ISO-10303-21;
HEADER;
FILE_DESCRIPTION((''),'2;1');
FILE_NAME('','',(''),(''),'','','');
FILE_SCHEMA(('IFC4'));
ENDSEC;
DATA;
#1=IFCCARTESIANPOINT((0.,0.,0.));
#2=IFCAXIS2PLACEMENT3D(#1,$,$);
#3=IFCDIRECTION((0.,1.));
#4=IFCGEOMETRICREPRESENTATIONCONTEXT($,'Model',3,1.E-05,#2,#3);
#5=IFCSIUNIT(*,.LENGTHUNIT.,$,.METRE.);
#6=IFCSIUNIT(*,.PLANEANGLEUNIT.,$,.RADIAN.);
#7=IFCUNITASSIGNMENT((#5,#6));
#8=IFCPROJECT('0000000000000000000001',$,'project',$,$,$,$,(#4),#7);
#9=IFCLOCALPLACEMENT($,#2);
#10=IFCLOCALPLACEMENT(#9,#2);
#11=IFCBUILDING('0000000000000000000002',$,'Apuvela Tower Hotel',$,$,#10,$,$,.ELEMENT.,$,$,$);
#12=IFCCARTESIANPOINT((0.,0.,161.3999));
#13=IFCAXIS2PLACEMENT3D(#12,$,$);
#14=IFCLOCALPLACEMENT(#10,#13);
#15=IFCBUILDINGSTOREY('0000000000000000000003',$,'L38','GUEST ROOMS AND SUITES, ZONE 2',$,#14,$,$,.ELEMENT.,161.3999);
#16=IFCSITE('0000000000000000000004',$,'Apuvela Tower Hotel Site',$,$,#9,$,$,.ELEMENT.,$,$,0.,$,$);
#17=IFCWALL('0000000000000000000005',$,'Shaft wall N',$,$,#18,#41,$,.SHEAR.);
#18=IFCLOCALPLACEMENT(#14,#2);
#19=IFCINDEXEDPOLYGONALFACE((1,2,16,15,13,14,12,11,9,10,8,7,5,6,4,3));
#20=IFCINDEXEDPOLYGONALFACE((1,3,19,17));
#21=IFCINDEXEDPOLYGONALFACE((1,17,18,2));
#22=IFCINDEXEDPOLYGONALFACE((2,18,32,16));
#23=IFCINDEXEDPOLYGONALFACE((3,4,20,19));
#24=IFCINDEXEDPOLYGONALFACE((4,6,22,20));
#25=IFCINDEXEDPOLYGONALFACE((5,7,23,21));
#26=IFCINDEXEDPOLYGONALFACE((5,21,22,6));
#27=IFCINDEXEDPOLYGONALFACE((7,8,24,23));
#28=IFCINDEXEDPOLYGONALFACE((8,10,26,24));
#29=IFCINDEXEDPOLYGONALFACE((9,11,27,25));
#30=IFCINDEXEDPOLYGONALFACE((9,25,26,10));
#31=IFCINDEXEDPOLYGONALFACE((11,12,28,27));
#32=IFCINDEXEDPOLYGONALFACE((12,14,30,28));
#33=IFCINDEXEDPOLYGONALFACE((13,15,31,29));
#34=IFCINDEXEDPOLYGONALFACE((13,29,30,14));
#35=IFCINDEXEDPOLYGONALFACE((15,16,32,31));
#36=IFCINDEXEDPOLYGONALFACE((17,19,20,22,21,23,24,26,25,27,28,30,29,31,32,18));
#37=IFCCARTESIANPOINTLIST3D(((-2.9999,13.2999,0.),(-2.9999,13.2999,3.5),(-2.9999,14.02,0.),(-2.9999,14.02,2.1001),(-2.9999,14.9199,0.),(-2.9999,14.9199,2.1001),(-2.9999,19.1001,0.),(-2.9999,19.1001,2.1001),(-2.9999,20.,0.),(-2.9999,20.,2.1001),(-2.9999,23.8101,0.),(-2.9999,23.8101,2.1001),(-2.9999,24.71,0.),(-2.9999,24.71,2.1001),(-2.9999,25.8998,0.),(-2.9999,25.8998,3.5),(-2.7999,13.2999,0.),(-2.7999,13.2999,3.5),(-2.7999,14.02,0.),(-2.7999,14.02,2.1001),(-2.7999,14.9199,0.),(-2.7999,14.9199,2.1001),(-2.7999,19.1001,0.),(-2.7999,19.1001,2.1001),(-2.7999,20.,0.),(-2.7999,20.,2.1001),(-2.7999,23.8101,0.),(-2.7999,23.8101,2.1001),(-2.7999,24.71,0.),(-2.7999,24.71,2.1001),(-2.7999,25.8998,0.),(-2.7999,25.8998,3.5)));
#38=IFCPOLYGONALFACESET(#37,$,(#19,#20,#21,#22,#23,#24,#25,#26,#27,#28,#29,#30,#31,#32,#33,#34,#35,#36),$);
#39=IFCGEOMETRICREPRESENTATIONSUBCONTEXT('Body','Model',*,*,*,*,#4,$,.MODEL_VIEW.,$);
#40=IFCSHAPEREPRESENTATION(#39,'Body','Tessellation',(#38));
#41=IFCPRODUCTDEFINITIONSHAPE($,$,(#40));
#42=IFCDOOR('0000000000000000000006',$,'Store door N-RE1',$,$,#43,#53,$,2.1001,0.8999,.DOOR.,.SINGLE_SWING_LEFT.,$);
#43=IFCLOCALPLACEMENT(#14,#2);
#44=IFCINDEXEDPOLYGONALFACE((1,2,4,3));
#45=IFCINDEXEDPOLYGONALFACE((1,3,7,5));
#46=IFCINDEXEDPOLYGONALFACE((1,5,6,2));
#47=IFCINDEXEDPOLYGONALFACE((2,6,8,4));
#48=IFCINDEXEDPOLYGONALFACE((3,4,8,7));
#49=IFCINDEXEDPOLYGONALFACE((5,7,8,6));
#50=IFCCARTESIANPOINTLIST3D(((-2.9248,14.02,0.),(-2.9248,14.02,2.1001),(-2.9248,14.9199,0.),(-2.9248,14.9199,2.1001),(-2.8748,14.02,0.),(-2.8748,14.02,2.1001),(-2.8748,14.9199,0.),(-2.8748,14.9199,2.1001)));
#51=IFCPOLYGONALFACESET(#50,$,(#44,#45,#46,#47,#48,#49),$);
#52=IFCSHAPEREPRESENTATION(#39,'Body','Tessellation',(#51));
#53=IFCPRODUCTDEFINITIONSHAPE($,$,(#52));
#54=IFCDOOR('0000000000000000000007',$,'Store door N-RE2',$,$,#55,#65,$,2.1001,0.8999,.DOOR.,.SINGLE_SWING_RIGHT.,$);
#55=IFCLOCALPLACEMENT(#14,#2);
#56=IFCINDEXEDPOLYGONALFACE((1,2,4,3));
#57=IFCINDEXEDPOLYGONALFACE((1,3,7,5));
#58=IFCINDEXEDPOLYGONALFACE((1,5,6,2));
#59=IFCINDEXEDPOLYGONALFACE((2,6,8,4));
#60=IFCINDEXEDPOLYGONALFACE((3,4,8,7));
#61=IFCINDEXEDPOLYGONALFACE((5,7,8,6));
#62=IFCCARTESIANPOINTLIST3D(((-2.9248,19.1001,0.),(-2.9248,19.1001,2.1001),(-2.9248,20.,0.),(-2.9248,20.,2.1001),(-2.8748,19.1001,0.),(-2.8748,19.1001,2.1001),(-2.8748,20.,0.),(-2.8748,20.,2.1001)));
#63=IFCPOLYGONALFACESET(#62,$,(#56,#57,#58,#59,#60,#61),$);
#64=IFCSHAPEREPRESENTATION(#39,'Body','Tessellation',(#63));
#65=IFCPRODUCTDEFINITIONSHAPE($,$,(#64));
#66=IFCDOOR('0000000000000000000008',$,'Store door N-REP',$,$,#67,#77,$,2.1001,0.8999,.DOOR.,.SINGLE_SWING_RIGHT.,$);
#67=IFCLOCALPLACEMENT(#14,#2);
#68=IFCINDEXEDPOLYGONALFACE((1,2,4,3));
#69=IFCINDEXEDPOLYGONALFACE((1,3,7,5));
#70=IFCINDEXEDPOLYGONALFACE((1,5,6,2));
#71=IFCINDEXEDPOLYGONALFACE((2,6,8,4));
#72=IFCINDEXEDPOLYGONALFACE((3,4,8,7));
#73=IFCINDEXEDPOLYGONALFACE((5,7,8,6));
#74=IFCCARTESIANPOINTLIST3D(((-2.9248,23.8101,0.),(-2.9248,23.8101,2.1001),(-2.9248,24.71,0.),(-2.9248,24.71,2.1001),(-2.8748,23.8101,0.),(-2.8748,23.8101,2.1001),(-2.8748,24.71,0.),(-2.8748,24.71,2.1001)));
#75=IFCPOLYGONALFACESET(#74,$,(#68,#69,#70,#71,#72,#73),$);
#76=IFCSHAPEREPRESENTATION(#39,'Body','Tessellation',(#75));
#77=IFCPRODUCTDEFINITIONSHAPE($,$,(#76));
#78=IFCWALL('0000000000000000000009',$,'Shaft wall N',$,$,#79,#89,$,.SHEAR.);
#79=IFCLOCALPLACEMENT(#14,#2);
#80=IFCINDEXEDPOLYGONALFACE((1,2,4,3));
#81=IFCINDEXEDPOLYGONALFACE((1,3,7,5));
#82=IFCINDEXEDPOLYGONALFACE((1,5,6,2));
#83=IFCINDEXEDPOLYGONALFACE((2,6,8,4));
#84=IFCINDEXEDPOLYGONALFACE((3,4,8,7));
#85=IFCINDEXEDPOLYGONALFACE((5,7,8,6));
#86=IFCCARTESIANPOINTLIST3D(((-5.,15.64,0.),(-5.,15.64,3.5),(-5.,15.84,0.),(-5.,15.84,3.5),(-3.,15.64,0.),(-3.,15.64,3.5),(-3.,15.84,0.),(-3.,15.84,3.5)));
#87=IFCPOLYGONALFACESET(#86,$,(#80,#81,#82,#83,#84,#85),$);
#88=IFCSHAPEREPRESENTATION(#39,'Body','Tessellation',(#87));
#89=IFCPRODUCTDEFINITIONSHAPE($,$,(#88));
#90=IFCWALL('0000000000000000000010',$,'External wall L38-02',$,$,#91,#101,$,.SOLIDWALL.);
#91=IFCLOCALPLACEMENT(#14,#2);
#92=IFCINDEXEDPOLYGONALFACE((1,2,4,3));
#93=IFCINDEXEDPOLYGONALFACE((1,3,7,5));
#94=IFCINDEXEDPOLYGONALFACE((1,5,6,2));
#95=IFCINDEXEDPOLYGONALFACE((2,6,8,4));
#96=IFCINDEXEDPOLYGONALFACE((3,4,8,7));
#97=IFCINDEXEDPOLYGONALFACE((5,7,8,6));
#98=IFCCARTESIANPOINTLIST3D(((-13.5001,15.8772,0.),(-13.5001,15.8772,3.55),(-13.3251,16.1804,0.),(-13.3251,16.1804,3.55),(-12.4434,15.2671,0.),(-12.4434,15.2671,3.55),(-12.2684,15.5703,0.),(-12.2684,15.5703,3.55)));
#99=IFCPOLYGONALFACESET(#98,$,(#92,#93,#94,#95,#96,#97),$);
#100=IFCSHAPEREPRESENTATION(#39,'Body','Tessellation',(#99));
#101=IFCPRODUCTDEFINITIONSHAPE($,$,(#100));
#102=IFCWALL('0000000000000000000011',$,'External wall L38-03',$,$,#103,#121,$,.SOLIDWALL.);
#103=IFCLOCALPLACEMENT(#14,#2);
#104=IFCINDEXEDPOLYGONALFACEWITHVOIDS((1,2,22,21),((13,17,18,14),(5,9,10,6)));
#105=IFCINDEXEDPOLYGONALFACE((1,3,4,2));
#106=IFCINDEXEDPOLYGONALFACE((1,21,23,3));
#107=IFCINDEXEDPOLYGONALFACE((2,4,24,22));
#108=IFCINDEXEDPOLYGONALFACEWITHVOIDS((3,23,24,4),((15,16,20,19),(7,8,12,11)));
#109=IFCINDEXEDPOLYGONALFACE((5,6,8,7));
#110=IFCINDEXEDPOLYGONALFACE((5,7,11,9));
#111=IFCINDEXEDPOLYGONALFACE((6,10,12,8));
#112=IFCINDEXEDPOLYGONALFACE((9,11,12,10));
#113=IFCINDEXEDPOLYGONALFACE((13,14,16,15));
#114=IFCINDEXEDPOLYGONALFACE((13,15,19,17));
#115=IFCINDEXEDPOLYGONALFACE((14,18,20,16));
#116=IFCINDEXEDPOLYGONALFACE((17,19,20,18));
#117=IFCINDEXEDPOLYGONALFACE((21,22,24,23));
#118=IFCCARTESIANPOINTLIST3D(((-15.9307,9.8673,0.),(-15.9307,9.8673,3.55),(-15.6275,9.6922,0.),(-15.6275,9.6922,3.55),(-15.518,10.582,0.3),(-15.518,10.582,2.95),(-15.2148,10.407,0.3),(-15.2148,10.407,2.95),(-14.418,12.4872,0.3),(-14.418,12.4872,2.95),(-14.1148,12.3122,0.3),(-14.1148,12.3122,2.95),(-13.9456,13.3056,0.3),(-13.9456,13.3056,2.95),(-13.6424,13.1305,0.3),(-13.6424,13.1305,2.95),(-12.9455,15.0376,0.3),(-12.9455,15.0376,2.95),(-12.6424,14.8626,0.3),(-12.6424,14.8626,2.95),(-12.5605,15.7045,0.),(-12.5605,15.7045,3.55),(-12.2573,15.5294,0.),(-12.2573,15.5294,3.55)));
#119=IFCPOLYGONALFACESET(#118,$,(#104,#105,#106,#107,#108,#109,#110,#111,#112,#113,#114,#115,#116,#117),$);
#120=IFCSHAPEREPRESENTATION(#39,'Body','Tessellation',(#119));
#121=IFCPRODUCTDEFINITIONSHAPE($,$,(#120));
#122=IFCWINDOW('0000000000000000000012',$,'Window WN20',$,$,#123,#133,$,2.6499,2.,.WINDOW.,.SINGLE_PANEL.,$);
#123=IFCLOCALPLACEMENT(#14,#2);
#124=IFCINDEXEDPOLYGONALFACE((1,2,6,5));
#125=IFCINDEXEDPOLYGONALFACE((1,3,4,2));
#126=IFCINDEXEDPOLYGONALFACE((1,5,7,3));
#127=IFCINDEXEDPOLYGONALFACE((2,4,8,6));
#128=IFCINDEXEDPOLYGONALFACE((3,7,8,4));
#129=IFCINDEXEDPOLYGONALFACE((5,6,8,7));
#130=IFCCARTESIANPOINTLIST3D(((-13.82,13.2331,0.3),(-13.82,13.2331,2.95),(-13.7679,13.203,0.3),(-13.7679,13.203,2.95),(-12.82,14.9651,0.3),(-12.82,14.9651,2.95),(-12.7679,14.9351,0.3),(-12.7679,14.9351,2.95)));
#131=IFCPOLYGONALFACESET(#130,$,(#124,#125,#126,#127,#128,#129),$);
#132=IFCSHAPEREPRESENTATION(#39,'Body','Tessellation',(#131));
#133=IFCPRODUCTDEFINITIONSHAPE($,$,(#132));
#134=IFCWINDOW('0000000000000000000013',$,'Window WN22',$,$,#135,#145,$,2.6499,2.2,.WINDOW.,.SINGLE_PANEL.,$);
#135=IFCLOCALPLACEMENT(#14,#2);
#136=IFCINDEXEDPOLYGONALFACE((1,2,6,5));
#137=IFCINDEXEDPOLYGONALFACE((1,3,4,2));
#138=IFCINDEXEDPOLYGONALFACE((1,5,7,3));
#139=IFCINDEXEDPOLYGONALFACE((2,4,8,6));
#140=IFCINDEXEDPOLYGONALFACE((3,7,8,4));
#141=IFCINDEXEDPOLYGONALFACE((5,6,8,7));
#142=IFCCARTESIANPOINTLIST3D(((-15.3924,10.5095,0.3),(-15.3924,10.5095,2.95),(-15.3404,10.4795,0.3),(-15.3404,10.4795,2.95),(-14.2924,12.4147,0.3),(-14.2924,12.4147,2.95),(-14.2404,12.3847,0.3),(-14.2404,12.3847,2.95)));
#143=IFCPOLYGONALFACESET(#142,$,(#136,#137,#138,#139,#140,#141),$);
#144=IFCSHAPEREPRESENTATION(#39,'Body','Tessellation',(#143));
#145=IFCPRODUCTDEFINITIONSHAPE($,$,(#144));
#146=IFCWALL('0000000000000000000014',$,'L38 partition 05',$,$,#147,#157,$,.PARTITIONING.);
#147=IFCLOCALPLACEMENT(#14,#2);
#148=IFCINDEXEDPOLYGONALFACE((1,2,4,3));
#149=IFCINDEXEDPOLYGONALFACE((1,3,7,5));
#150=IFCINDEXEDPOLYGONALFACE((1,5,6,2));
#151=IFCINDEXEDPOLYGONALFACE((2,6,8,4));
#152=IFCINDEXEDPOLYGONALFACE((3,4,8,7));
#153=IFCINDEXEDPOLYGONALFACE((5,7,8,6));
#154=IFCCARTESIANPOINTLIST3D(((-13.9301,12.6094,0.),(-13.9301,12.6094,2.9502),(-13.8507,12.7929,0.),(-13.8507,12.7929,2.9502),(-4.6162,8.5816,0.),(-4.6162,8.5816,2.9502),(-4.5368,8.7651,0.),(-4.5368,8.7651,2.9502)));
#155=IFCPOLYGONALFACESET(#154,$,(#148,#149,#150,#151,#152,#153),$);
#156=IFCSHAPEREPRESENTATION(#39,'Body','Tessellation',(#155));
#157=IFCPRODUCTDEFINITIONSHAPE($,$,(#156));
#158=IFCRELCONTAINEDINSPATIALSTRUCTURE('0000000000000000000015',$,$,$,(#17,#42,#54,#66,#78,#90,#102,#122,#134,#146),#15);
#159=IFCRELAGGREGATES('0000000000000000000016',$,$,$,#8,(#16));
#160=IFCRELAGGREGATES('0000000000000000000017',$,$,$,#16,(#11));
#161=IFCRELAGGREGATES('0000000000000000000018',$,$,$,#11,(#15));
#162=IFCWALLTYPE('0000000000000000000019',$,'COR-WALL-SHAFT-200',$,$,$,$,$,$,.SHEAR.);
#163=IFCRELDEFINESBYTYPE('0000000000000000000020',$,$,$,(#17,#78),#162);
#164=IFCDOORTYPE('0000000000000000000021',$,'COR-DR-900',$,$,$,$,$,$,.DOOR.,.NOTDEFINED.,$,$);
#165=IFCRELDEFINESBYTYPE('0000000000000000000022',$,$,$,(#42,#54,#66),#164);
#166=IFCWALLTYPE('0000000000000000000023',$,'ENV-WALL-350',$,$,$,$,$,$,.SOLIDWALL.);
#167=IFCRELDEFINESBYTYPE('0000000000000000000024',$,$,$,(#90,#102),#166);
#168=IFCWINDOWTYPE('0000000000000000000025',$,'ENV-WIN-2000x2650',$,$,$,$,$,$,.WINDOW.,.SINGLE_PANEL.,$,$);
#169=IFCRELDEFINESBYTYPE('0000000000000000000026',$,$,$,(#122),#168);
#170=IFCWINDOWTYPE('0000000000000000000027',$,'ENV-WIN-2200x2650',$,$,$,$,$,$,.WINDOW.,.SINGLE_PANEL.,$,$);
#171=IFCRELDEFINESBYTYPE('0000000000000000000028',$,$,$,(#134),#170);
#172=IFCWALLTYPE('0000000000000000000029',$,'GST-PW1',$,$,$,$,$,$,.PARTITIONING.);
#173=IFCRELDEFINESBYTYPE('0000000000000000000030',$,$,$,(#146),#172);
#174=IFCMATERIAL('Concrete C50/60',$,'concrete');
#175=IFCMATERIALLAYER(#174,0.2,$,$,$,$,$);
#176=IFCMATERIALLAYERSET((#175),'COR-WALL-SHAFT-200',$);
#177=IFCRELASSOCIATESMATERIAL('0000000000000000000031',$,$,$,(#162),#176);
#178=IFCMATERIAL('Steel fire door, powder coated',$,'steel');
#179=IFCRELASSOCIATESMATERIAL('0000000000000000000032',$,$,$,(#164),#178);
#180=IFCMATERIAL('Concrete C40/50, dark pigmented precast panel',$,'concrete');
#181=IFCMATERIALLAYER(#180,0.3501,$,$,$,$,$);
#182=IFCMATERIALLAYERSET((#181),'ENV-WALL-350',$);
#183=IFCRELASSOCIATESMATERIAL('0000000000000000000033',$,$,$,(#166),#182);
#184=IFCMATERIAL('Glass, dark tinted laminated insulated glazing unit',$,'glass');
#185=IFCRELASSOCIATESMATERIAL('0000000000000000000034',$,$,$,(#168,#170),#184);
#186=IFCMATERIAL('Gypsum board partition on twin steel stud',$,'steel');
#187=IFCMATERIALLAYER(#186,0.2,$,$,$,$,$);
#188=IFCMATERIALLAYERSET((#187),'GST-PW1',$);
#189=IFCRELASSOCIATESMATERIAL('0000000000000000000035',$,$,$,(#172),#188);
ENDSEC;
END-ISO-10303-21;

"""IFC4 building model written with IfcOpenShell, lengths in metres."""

from ifc_helpers import new_model, si_unit, direction, frame, frame_2d, origin, place, context, subcontext, project, spatial, rectangle, extrude, material, layer, layer_set, type_object, element, fill, save


model = new_model("IFC4")

# Units and contexts
model_context = context("Model", 3, precision=1e-05, world=origin(), true_north=direction((0.0, 1.0)))
body_context = subcontext(model_context, "Body", "Model", "MODEL_VIEW")
ifc_project = project(units=[si_unit("LENGTHUNIT", "METRE"), si_unit("PLANEANGLEUNIT", "RADIAN")], contexts=[model_context])

# Site, building, storey
site_placement = place(None, origin())
site = spatial("IfcSite", under=ifc_project, at=site_placement, Name="Apuvela Tower Hotel Site", CompositionType="ELEMENT", RefElevation=0.0)
building_placement = place(site_placement, origin())
building = spatial("IfcBuilding", under=site, at=building_placement, Name="Apuvela Tower Hotel", CompositionType="ELEMENT")
storey_placement = place(building_placement, frame((0.0, 0.0, 161.3999)))
storey = spatial("IfcBuildingStorey", under=building, at=storey_placement, Name="L38", Description="GUEST ROOMS AND SUITES, ZONE 2", CompositionType="ELEMENT", Elevation=161.3999)

# Shared definitions
ifc_material_1 = material(Name="Concrete C50/60", Category="concrete")
ifc_layer_1 = layer(ifc_material_1, 0.2)
ifc_layer_set_1 = layer_set([ifc_layer_1], Name="COR-WALL-SHAFT-200")
wall_type_1 = type_object("IfcWallType", Name="COR-WALL-SHAFT-200", PredefinedType="SHEAR", material=ifc_layer_set_1)

# Wall, openings, doors
wall_1_placement = place(storey_placement, frame((-2.8999, 13.3, 0.0), z_axis=(0.0, 0.0, 1.0), x_axis=(0.0, 1.0, 0.0)))
wall_1 = element("IfcWall", 1, at=wall_1_placement, inside=storey, type_object=wall_type_1, Name="Shaft wall N", PredefinedType="SHEAR", context=body_context, shape_type="SweptSolid", body=[
    extrude(rectangle(XDim=12.5999, YDim=0.2, at=frame_2d((6.2998, 0.0))), origin(), (0.0, 0.0, 1.0), 3.5),
])
opening_1_placement = place(wall_1_placement, frame((0.72, 0.0, 0.0)))
opening_1 = element("IfcOpeningElement", 2, at=opening_1_placement, cuts=wall_1, PredefinedType="OPENING", context=body_context, shape_type="SweptSolid", body=[
    extrude(rectangle(XDim=0.8999, YDim=2.1001, at=frame_2d((0.45, 1.05))), frame((0.0, 0.1099, 0.0), z_axis=(0.0, -1.0, 0.0), x_axis=(1.0, 0.0, 0.0)), (0.0, 0.0, 1.0), 0.22),
])
opening_2_placement = place(wall_1_placement, frame((5.8, 0.0, 0.0)))
opening_2 = element("IfcOpeningElement", 3, at=opening_2_placement, cuts=wall_1, PredefinedType="OPENING", context=body_context, shape_type="SweptSolid", body=[
    extrude(rectangle(XDim=0.8999, YDim=2.1001, at=frame_2d((0.45, 1.05))), frame((0.0, 0.1099, 0.0), z_axis=(0.0, -1.0, 0.0), x_axis=(1.0, 0.0, 0.0)), (0.0, 0.0, 1.0), 0.22),
])
opening_3_placement = place(wall_1_placement, frame((10.51, 0.0, 0.0)))
opening_3 = element("IfcOpeningElement", 4, at=opening_3_placement, cuts=wall_1, PredefinedType="OPENING", context=body_context, shape_type="SweptSolid", body=[
    extrude(rectangle(XDim=0.8999, YDim=2.1001, at=frame_2d((0.45, 1.05))), frame((0.0, 0.1099, 0.0), z_axis=(0.0, -1.0, 0.0), x_axis=(1.0, 0.0, 0.0)), (0.0, 0.0, 1.0), 0.22),
])
ifc_material_2 = material(Name="Steel fire door, powder coated", Category="steel")
door_type_1 = type_object("IfcDoorType", Name="COR-DR-900", OperationType="NOTDEFINED", PredefinedType="DOOR", material=ifc_material_2)
door_1_placement = place(opening_1_placement, origin())
door_1 = element("IfcDoor", 5, at=door_1_placement, inside=storey, type_object=door_type_1, Name="Store door N-RE1", OperationType="SINGLE_SWING_LEFT", OverallHeight=2.1001, OverallWidth=0.8999, PredefinedType="DOOR", context=body_context, shape_type="SweptSolid", body=[
    extrude(rectangle(XDim=0.8999, YDim=2.1001, at=frame_2d((0.45, 1.05))), frame((0.0, 0.0249, 0.0), z_axis=(0.0, -1.0, 0.0), x_axis=(1.0, 0.0, 0.0)), (0.0, 0.0, 1.0), 0.05),
])
fill(opening_1, door_1)
door_2_placement = place(opening_2_placement, origin())
door_2 = element("IfcDoor", 6, at=door_2_placement, inside=storey, type_object=door_type_1, Name="Store door N-RE2", OperationType="SINGLE_SWING_RIGHT", OverallHeight=2.1001, OverallWidth=0.8999, PredefinedType="DOOR", context=body_context, shape_type="SweptSolid", body=[
    extrude(rectangle(XDim=0.8999, YDim=2.1001, at=frame_2d((0.45, 1.05))), frame((0.0, 0.0249, 0.0), z_axis=(0.0, -1.0, 0.0), x_axis=(1.0, 0.0, 0.0)), (0.0, 0.0, 1.0), 0.05),
])
fill(opening_2, door_2)
door_3_placement = place(opening_3_placement, origin())
door_3 = element("IfcDoor", 7, at=door_3_placement, inside=storey, type_object=door_type_1, Name="Store door N-REP", OperationType="SINGLE_SWING_RIGHT", OverallHeight=2.1001, OverallWidth=0.8999, PredefinedType="DOOR", context=body_context, shape_type="SweptSolid", body=[
    extrude(rectangle(XDim=0.8999, YDim=2.1001, at=frame_2d((0.45, 1.05))), frame((0.0, 0.0249, 0.0), z_axis=(0.0, -1.0, 0.0), x_axis=(1.0, 0.0, 0.0)), (0.0, 0.0, 1.0), 0.05),
])
fill(opening_3, door_3)

# Walls
wall_2_placement = place(storey_placement, frame((-3.0, 15.74, 0.0), z_axis=(0.0, 0.0, 1.0), x_axis=(-1.0, 0.0, 0.0)))
element("IfcWall", 8, at=wall_2_placement, inside=storey, type_object=wall_type_1, Name="Shaft wall N", PredefinedType="SHEAR", context=body_context, shape_type="SweptSolid", body=[
    extrude(rectangle(XDim=2.0, YDim=0.2, at=frame_2d((1.0, 0.0))), origin(), (0.0, 0.0, 1.0), 3.5),
])
ifc_material_3 = material(Name="Concrete C40/50, dark pigmented precast panel", Category="concrete")
ifc_layer_2 = layer(ifc_material_3, 0.3501)
ifc_layer_set_2 = layer_set([ifc_layer_2], Name="ENV-WALL-350")
wall_type_2 = type_object("IfcWallType", Name="ENV-WALL-350", PredefinedType="SOLIDWALL", material=ifc_layer_set_2)
wall_3_placement = place(storey_placement, frame((-13.4126, 16.0288, 0.0), z_axis=(0.0, 0.0, 1.0), x_axis=(0.866006, -0.500034, 0.0)))
element("IfcWall", 9, at=wall_3_placement, inside=storey, type_object=wall_type_2, Name="External wall L38-02", PredefinedType="SOLIDWALL", context=body_context, shape_type="SweptSolid", body=[
    extrude(rectangle(XDim=1.2202, YDim=0.3501, at=frame_2d((0.6101, 0.0))), origin(), (0.0, 0.0, 1.0), 3.55),
])

# Wall, openings, windows
wall_4_placement = place(storey_placement, frame((-12.4089, 15.6169, 0.0), z_axis=(0.0, 0.0, 1.0), x_axis=(-0.500004, -0.866023, 0.0)))
wall_4 = element("IfcWall", 10, at=wall_4_placement, inside=storey, type_object=wall_type_2, Name="External wall L38-03", PredefinedType="SOLIDWALL", context=body_context, shape_type="SweptSolid", body=[
    extrude(rectangle(XDim=6.7402, YDim=0.3501, at=frame_2d((3.3701, 0.0))), origin(), (0.0, 0.0, 1.0), 3.55),
])
opening_4_placement = place(wall_4_placement, frame((0.77, 0.0, 0.3)))
opening_4 = element("IfcOpeningElement", 11, at=opening_4_placement, cuts=wall_4, PredefinedType="OPENING", context=body_context, shape_type="SweptSolid", body=[
    extrude(rectangle(XDim=2.0, YDim=2.6499, at=frame_2d((1.0, 1.325))), frame((0.0, 0.1851, 0.0), z_axis=(0.0, -1.0, 0.0), x_axis=(1.0, 0.0, 0.0)), (0.0, 0.0, 1.0), 0.3701),
])
opening_5_placement = place(wall_4_placement, frame((3.7148, 0.0, 0.3)))
opening_5 = element("IfcOpeningElement", 12, at=opening_5_placement, cuts=wall_4, PredefinedType="OPENING", context=body_context, shape_type="SweptSolid", body=[
    extrude(rectangle(XDim=2.2, YDim=2.6499, at=frame_2d((1.1001, 1.325))), frame((0.0, 0.1851, 0.0), z_axis=(0.0, -1.0, 0.0), x_axis=(1.0, 0.0, 0.0)), (0.0, 0.0, 1.0), 0.3701),
])
ifc_material_4 = material(Name="Glass, dark tinted laminated insulated glazing unit", Category="glass")
window_type_1 = type_object("IfcWindowType", Name="ENV-WIN-2000x2650", PartitioningType="SINGLE_PANEL", PredefinedType="WINDOW", material=ifc_material_4)
window_1_placement = place(opening_4_placement, origin())
window_1 = element("IfcWindow", 13, at=window_1_placement, inside=storey, type_object=window_type_1, Name="Window WN20", OverallHeight=2.6499, OverallWidth=2.0, PartitioningType="SINGLE_PANEL", PredefinedType="WINDOW", context=body_context, shape_type="SweptSolid", body=[
    extrude(rectangle(XDim=2.0, YDim=2.6499, at=frame_2d((1.0, 1.325))), frame((0.0, 0.03, 0.0), z_axis=(0.0, -1.0, 0.0), x_axis=(1.0, 0.0, 0.0)), (0.0, 0.0, 1.0), 0.0601),
])
fill(opening_4, window_1)
window_type_2 = type_object("IfcWindowType", Name="ENV-WIN-2200x2650", PartitioningType="SINGLE_PANEL", PredefinedType="WINDOW", material=ifc_material_4)
window_2_placement = place(opening_5_placement, origin())
window_2 = element("IfcWindow", 14, at=window_2_placement, inside=storey, type_object=window_type_2, Name="Window WN22", OverallHeight=2.6499, OverallWidth=2.2, PartitioningType="SINGLE_PANEL", PredefinedType="WINDOW", context=body_context, shape_type="SweptSolid", body=[
    extrude(rectangle(XDim=2.2, YDim=2.6499, at=frame_2d((1.1001, 1.325))), frame((0.0, 0.03, 0.0), z_axis=(0.0, -1.0, 0.0), x_axis=(1.0, 0.0, 0.0)), (0.0, 0.0, 1.0), 0.0601),
])
fill(opening_5, window_2)

# Wall
ifc_material_5 = material(Name="Gypsum board partition on twin steel stud", Category="steel")
ifc_layer_3 = layer(ifc_material_5, 0.2)
ifc_layer_set_3 = layer_set([ifc_layer_3], Name="GST-PW1")
wall_type_3 = type_object("IfcWallType", Name="GST-PW1", PredefinedType="PARTITIONING", material=ifc_layer_set_3)
wall_5_placement = place(storey_placement, frame((-13.8904, 12.7012, 0.0), z_axis=(0.0, 0.0, 1.0), x_axis=(0.917851, -0.396925, 0.0)))
element("IfcWall", 15, at=wall_5_placement, inside=storey, type_object=wall_type_3, Name="L38 partition 05", PredefinedType="PARTITIONING", context=body_context, shape_type="SweptSolid", body=[
    extrude(rectangle(XDim=10.1475, YDim=0.2, at=frame_2d((5.0737, 0.0))), origin(), (0.0, 0.0, 1.0), 2.9502),
])

save(model, "model.ifc")
